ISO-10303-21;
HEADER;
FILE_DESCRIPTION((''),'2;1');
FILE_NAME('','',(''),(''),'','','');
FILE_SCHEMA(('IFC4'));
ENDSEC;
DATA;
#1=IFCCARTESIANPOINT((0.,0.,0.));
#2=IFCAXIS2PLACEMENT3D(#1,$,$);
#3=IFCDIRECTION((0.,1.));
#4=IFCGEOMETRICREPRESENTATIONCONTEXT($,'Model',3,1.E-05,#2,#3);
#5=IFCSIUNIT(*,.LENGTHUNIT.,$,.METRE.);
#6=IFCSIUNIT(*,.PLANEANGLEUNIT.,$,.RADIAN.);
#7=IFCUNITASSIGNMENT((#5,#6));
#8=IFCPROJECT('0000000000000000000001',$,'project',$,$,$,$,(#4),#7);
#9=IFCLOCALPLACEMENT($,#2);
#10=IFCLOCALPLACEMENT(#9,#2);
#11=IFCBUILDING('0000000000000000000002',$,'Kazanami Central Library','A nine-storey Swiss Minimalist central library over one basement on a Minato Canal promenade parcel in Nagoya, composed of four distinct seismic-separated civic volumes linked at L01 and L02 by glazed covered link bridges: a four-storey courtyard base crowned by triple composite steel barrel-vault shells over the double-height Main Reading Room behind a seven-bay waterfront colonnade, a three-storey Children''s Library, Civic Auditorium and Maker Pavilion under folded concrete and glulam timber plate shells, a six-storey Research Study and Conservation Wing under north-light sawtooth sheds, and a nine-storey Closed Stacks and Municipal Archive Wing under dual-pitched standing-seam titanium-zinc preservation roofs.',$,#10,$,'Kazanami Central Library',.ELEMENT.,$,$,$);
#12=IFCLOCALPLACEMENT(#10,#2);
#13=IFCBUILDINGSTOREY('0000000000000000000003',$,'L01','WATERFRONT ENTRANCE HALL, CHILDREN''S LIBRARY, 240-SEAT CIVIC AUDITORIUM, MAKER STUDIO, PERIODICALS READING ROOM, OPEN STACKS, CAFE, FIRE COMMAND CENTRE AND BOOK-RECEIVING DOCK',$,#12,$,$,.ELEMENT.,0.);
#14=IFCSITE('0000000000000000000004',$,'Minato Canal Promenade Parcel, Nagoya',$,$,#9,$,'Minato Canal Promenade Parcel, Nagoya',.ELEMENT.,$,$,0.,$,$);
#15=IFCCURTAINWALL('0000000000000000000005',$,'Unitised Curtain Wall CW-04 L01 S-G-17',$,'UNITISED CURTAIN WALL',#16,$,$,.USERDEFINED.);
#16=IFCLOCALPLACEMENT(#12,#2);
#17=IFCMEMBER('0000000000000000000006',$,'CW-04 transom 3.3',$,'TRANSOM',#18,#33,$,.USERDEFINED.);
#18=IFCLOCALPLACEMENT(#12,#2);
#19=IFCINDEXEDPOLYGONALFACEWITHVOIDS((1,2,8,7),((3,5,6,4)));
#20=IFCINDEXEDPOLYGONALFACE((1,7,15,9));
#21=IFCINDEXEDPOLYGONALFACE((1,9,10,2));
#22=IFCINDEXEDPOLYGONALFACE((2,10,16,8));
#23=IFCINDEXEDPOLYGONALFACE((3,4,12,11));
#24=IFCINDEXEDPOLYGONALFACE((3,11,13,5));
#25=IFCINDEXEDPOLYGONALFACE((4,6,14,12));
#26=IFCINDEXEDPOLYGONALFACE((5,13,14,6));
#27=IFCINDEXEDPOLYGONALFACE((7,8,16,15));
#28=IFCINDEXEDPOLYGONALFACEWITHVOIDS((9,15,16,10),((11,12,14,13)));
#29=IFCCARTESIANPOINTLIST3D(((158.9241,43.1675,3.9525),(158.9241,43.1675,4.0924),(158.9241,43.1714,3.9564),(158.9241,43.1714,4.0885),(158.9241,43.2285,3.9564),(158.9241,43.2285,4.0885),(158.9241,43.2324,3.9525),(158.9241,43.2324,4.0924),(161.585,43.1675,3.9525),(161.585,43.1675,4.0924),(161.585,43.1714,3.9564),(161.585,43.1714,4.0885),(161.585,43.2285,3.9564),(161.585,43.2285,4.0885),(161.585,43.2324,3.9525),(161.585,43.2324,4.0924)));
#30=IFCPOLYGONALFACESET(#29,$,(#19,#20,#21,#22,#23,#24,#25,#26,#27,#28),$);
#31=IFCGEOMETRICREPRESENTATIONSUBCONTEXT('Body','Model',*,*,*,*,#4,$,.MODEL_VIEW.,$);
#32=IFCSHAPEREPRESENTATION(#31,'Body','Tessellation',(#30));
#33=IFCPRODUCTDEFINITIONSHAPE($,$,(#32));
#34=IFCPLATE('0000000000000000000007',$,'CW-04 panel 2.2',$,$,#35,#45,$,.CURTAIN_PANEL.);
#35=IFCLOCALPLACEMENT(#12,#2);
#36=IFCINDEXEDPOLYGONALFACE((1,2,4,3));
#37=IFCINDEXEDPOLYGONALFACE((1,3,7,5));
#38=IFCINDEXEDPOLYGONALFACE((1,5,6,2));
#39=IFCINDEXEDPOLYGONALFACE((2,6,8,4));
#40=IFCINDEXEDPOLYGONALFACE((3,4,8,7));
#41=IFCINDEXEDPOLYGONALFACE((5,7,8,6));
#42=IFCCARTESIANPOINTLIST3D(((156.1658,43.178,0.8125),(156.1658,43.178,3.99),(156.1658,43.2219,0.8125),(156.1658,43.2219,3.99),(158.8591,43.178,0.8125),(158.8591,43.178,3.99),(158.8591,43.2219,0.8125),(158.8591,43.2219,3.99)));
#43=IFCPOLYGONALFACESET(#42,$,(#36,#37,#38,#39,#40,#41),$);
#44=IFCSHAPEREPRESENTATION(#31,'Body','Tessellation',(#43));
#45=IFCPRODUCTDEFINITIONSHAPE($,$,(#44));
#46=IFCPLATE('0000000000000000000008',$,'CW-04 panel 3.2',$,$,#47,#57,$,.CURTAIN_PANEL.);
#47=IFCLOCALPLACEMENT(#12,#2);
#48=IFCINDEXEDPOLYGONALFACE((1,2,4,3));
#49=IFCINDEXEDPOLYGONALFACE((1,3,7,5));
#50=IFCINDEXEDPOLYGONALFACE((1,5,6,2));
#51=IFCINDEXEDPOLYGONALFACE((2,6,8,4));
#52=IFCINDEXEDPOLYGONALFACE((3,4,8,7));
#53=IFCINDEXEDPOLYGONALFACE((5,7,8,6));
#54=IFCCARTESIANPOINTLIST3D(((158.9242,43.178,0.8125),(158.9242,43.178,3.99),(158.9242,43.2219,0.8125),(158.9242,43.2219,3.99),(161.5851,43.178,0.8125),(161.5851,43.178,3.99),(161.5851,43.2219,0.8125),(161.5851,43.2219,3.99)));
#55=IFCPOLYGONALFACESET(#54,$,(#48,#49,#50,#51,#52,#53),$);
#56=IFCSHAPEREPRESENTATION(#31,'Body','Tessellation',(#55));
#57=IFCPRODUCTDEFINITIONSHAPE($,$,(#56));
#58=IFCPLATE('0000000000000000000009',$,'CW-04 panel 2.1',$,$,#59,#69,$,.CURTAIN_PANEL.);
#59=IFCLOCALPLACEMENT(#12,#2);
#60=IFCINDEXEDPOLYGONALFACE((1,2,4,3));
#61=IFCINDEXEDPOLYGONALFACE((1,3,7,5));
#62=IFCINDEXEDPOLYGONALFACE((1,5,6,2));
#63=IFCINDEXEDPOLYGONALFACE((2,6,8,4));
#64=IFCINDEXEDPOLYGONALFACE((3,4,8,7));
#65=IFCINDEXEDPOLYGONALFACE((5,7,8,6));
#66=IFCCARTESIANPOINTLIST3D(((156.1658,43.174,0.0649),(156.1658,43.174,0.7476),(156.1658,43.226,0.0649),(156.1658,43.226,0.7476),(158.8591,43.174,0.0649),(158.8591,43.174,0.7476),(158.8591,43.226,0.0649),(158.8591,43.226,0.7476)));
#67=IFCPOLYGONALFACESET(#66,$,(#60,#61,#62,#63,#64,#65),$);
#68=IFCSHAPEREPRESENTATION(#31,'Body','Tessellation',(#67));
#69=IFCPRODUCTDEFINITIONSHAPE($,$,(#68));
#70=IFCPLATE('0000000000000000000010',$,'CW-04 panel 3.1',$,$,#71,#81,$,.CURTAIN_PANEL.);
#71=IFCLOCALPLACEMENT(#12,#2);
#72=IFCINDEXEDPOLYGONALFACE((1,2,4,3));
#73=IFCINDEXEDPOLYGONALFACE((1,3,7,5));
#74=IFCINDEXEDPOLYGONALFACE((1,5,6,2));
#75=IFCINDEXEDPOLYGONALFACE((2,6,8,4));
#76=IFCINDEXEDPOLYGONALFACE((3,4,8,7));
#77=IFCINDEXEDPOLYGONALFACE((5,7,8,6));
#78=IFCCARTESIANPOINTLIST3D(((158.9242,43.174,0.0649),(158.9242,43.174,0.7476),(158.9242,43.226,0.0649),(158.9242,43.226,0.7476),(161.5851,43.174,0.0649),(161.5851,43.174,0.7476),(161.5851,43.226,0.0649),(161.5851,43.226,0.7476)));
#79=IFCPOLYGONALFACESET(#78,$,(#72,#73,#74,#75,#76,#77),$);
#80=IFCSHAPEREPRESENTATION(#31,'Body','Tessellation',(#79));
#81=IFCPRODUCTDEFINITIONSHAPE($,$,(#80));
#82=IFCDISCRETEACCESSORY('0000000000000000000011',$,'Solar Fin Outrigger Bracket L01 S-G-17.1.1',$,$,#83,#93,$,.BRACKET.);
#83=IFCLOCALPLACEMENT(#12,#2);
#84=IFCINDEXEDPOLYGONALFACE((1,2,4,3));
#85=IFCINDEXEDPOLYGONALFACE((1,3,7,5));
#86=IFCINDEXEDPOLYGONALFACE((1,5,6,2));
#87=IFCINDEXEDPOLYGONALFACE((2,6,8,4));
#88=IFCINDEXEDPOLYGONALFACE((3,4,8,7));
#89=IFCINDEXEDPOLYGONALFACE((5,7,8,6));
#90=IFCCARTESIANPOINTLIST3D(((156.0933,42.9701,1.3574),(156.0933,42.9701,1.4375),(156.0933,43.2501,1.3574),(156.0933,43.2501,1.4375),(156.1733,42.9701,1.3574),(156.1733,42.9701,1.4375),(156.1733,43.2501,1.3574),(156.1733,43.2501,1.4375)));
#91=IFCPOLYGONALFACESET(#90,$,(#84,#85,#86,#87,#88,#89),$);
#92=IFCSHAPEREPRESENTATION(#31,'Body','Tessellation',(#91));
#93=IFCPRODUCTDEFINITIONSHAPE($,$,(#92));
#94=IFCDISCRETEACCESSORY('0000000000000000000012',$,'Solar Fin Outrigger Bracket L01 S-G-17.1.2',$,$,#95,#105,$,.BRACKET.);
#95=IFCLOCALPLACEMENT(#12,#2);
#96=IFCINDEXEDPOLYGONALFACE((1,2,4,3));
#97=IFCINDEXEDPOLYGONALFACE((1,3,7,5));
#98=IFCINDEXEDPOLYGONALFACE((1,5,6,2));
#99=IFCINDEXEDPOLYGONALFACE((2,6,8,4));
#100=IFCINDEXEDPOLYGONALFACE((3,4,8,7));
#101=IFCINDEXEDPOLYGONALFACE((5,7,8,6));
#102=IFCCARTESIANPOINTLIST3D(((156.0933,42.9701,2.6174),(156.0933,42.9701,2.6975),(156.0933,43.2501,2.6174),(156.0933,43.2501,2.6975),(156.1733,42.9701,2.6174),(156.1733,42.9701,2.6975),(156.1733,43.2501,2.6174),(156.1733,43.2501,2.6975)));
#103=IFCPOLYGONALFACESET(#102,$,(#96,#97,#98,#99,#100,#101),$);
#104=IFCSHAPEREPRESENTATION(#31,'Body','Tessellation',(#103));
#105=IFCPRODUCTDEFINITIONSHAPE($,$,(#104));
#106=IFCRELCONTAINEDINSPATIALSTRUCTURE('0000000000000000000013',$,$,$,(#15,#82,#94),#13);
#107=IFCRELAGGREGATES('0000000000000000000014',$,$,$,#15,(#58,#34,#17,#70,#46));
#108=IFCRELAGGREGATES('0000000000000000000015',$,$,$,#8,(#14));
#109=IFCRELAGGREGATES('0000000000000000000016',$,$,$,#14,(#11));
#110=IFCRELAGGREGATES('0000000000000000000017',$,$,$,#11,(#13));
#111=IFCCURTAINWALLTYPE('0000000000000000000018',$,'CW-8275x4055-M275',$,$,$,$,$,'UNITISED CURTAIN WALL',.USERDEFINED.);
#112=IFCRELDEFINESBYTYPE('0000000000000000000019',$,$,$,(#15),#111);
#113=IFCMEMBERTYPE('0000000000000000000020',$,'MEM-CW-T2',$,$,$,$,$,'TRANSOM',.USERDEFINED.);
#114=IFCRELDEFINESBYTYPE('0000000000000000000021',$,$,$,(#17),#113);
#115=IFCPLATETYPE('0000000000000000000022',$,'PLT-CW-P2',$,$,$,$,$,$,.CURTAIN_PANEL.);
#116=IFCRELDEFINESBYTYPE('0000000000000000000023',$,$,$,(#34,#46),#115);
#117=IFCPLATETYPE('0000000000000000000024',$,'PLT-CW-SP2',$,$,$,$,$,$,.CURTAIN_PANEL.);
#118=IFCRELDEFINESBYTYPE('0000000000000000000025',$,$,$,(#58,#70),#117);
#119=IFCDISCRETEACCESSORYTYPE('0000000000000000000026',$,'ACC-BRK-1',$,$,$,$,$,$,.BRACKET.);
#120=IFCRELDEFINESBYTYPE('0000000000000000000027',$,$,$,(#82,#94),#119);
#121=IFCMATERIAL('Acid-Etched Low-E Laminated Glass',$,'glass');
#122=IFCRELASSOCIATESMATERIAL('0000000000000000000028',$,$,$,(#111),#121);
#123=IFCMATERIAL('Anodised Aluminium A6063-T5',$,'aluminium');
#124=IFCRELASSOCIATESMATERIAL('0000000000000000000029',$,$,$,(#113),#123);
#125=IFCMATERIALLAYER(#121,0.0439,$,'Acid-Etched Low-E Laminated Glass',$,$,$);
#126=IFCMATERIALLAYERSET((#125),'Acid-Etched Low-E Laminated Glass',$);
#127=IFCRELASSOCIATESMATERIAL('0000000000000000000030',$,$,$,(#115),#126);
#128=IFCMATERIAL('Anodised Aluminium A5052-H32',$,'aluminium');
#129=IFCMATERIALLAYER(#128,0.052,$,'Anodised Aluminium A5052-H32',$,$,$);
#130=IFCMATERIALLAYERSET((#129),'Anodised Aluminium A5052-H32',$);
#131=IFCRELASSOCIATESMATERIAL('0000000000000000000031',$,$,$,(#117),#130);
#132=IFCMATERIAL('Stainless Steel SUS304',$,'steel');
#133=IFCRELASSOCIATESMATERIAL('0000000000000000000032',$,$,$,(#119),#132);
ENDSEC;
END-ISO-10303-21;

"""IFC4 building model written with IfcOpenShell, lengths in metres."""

from ifc_helpers import new_model, si_unit, direction, frame, origin, origin_2d, place, context, subcontext, project, spatial, rectangle, hollow_rectangle, extrude, material, layer, layer_set, material_profile, profile_set, type_object, element, aggregate, save


model = new_model("IFC4")

# Units and contexts
model_context = context("Model", 3, precision=1e-05, world=origin(), true_north=direction((0.0, 1.0)))
body_context = subcontext(model_context, "Body", "Model", "MODEL_VIEW")
ifc_project = project(units=[si_unit("LENGTHUNIT", "METRE"), si_unit("PLANEANGLEUNIT", "RADIAN")], contexts=[model_context])

# Site, building, storey
site_placement = place(None, origin())
site = spatial("IfcSite", under=ifc_project, at=site_placement, Name="Minato Canal Promenade Parcel, Nagoya", LongName="Minato Canal Promenade Parcel, Nagoya", CompositionType="ELEMENT", RefElevation=0.0)
building_placement = place(site_placement, origin())
building = spatial("IfcBuilding", under=site, at=building_placement, Name="Kazanami Central Library", Description="A nine-storey Swiss Minimalist central library over one basement on a Minato Canal promenade parcel in Nagoya, composed of four distinct seismic-separated civic volumes linked at L01 and L02 by glazed covered link bridges: a four-storey courtyard base crowned by triple composite steel barrel-vault shells over the double-height Main Reading Room behind a seven-bay waterfront colonnade, a three-storey Children's Library, Civic Auditorium and Maker Pavilion under folded concrete and glulam timber plate shells, a six-storey Research Study and Conservation Wing under north-light sawtooth sheds, and a nine-storey Closed Stacks and Municipal Archive Wing under dual-pitched standing-seam titanium-zinc preservation roofs.", LongName="Kazanami Central Library", CompositionType="ELEMENT")
storey_placement = place(building_placement, origin())
storey = spatial("IfcBuildingStorey", under=building, at=storey_placement, Name="L01", Description="WATERFRONT ENTRANCE HALL, CHILDREN'S LIBRARY, 240-SEAT CIVIC AUDITORIUM, MAKER STUDIO, PERIODICALS READING ROOM, OPEN STACKS, CAFE, FIRE COMMAND CENTRE AND BOOK-RECEIVING DOCK", CompositionType="ELEMENT", Elevation=0.0)

# Curtain wall, member, plates
ifc_material_1 = material(Name="Acid-Etched Low-E Laminated Glass", Category="glass")
curtain_wall_type = type_object("IfcCurtainWallType", Name="CW-8275x4055-M275", ElementType="UNITISED CURTAIN WALL", PredefinedType="USERDEFINED", material=ifc_material_1)
curtain_wall_placement = place(storey_placement, origin())
curtain_wall = element("IfcCurtainWall", 1, at=curtain_wall_placement, inside=storey, type_object=curtain_wall_type, Name="Unitised Curtain Wall CW-04 L01 S-G-17", ObjectType="UNITISED CURTAIN WALL", PredefinedType="USERDEFINED")
ifc_material_2 = material(Name="Anodised Aluminium A6063-T5", Category="aluminium")
ifc_material_profile_1 = material_profile(ifc_material_2, hollow_rectangle(XDim=0.0649, YDim=0.1399, WallThickness=0.0039, at=origin_2d()), Name="ALU-TRAN-65x140x4")
ifc_profile_set_1 = profile_set([ifc_material_profile_1], Name="Anodised Aluminium A6063-T5")
member_type_1 = type_object("IfcMemberType", Name="MEM-CW-T2", ElementType="TRANSOM", PredefinedType="USERDEFINED", material=ifc_profile_set_1)
member_1_placement = place(storey_placement, frame((158.9241, 43.2, 4.0225), z_axis=(1.0, 0.0, 0.0), x_axis=(0.0, 1.0, 0.0)))
member_1 = element("IfcMember", 2, at=member_1_placement, type_object=member_type_1, Name="CW-04 transom 3.3", ObjectType="TRANSOM", PredefinedType="USERDEFINED", context=body_context, shape_type="SweptSolid", body=[
    extrude(hollow_rectangle(XDim=0.0649, YDim=0.1399, WallThickness=0.0039, at=origin_2d()), origin(), (0.0, 0.0, 1.0), 2.6609),
])
ifc_layer_1 = layer(ifc_material_1, 0.0439, Name="Acid-Etched Low-E Laminated Glass")
ifc_layer_set_1 = layer_set([ifc_layer_1], Name="Acid-Etched Low-E Laminated Glass")
plate_type_1 = type_object("IfcPlateType", Name="PLT-CW-P2", PredefinedType="CURTAIN_PANEL", material=ifc_layer_set_1)
plate_1_placement = place(storey_placement, frame((157.5125, 43.2, 0.8125), z_axis=(0.0, 0.0, 1.0), x_axis=(1.0, 0.0, 0.0)))
plate_1 = element("IfcPlate", 3, at=plate_1_placement, type_object=plate_type_1, Name="CW-04 panel 2.2", PredefinedType="CURTAIN_PANEL", context=body_context, shape_type="SweptSolid", body=[
    extrude(rectangle(XDim=2.6934, YDim=0.0439, at=origin_2d()), origin(), (0.0, 0.0, 1.0), 3.1775),
])
plate_2_placement = place(storey_placement, frame((160.2546, 43.2, 0.8125), z_axis=(0.0, 0.0, 1.0), x_axis=(1.0, 0.0, 0.0)))
plate_2 = element("IfcPlate", 4, at=plate_2_placement, type_object=plate_type_1, Name="CW-04 panel 3.2", PredefinedType="CURTAIN_PANEL", context=body_context, shape_type="SweptSolid", body=[
    extrude(rectangle(XDim=2.6609, YDim=0.0439, at=origin_2d()), origin(), (0.0, 0.0, 1.0), 3.1775),
])
ifc_material_3 = material(Name="Anodised Aluminium A5052-H32", Category="aluminium")
ifc_layer_2 = layer(ifc_material_3, 0.052, Name="Anodised Aluminium A5052-H32")
ifc_layer_set_2 = layer_set([ifc_layer_2], Name="Anodised Aluminium A5052-H32")
plate_type_2 = type_object("IfcPlateType", Name="PLT-CW-SP2", PredefinedType="CURTAIN_PANEL", material=ifc_layer_set_2)
plate_3_placement = place(storey_placement, frame((157.5125, 43.2, 0.0649), z_axis=(0.0, 0.0, 1.0), x_axis=(1.0, 0.0, 0.0)))
plate_3 = element("IfcPlate", 5, at=plate_3_placement, type_object=plate_type_2, Name="CW-04 panel 2.1", PredefinedType="CURTAIN_PANEL", context=body_context, shape_type="SweptSolid", body=[
    extrude(rectangle(XDim=2.6934, YDim=0.052, at=origin_2d()), origin(), (0.0, 0.0, 1.0), 0.6826),
])
plate_4_placement = place(storey_placement, frame((160.2546, 43.2, 0.0649), z_axis=(0.0, 0.0, 1.0), x_axis=(1.0, 0.0, 0.0)))
plate_4 = element("IfcPlate", 6, at=plate_4_placement, type_object=plate_type_2, Name="CW-04 panel 3.1", PredefinedType="CURTAIN_PANEL", context=body_context, shape_type="SweptSolid", body=[
    extrude(rectangle(XDim=2.6609, YDim=0.052, at=origin_2d()), origin(), (0.0, 0.0, 1.0), 0.6826),
])
aggregate(curtain_wall, [plate_3, plate_1, member_1, plate_4, plate_2])

# Discrete accessories
ifc_material_4 = material(Name="Stainless Steel SUS304", Category="steel")
discrete_accessory_type = type_object("IfcDiscreteAccessoryType", Name="ACC-BRK-1", PredefinedType="BRACKET", material=ifc_material_4)
for number, where, z_axis, x_axis, name in (
    (7, (156.1333, 43.1101, 1.3574), (0.0, 0.0, 1.0), (1.0, 0.0, 0.0), "Solar Fin Outrigger Bracket L01 S-G-17.1.1"),
    (8, (156.1333, 43.1101, 2.6174), (0.0, 0.0, 1.0), (1.0, 0.0, 0.0), "Solar Fin Outrigger Bracket L01 S-G-17.1.2"),
):
    element("IfcDiscreteAccessory", number, at=place(storey_placement, frame(where, z_axis=z_axis, x_axis=x_axis)), inside=storey, type_object=discrete_accessory_type, Name=name, PredefinedType="BRACKET", context=body_context, shape_type="SweptSolid", body=[
        extrude(rectangle(XDim=0.0801, YDim=0.28, at=origin_2d()), origin(), (0.0, 0.0, 1.0), 0.0801),
    ])

save(model, "model.ifc")
